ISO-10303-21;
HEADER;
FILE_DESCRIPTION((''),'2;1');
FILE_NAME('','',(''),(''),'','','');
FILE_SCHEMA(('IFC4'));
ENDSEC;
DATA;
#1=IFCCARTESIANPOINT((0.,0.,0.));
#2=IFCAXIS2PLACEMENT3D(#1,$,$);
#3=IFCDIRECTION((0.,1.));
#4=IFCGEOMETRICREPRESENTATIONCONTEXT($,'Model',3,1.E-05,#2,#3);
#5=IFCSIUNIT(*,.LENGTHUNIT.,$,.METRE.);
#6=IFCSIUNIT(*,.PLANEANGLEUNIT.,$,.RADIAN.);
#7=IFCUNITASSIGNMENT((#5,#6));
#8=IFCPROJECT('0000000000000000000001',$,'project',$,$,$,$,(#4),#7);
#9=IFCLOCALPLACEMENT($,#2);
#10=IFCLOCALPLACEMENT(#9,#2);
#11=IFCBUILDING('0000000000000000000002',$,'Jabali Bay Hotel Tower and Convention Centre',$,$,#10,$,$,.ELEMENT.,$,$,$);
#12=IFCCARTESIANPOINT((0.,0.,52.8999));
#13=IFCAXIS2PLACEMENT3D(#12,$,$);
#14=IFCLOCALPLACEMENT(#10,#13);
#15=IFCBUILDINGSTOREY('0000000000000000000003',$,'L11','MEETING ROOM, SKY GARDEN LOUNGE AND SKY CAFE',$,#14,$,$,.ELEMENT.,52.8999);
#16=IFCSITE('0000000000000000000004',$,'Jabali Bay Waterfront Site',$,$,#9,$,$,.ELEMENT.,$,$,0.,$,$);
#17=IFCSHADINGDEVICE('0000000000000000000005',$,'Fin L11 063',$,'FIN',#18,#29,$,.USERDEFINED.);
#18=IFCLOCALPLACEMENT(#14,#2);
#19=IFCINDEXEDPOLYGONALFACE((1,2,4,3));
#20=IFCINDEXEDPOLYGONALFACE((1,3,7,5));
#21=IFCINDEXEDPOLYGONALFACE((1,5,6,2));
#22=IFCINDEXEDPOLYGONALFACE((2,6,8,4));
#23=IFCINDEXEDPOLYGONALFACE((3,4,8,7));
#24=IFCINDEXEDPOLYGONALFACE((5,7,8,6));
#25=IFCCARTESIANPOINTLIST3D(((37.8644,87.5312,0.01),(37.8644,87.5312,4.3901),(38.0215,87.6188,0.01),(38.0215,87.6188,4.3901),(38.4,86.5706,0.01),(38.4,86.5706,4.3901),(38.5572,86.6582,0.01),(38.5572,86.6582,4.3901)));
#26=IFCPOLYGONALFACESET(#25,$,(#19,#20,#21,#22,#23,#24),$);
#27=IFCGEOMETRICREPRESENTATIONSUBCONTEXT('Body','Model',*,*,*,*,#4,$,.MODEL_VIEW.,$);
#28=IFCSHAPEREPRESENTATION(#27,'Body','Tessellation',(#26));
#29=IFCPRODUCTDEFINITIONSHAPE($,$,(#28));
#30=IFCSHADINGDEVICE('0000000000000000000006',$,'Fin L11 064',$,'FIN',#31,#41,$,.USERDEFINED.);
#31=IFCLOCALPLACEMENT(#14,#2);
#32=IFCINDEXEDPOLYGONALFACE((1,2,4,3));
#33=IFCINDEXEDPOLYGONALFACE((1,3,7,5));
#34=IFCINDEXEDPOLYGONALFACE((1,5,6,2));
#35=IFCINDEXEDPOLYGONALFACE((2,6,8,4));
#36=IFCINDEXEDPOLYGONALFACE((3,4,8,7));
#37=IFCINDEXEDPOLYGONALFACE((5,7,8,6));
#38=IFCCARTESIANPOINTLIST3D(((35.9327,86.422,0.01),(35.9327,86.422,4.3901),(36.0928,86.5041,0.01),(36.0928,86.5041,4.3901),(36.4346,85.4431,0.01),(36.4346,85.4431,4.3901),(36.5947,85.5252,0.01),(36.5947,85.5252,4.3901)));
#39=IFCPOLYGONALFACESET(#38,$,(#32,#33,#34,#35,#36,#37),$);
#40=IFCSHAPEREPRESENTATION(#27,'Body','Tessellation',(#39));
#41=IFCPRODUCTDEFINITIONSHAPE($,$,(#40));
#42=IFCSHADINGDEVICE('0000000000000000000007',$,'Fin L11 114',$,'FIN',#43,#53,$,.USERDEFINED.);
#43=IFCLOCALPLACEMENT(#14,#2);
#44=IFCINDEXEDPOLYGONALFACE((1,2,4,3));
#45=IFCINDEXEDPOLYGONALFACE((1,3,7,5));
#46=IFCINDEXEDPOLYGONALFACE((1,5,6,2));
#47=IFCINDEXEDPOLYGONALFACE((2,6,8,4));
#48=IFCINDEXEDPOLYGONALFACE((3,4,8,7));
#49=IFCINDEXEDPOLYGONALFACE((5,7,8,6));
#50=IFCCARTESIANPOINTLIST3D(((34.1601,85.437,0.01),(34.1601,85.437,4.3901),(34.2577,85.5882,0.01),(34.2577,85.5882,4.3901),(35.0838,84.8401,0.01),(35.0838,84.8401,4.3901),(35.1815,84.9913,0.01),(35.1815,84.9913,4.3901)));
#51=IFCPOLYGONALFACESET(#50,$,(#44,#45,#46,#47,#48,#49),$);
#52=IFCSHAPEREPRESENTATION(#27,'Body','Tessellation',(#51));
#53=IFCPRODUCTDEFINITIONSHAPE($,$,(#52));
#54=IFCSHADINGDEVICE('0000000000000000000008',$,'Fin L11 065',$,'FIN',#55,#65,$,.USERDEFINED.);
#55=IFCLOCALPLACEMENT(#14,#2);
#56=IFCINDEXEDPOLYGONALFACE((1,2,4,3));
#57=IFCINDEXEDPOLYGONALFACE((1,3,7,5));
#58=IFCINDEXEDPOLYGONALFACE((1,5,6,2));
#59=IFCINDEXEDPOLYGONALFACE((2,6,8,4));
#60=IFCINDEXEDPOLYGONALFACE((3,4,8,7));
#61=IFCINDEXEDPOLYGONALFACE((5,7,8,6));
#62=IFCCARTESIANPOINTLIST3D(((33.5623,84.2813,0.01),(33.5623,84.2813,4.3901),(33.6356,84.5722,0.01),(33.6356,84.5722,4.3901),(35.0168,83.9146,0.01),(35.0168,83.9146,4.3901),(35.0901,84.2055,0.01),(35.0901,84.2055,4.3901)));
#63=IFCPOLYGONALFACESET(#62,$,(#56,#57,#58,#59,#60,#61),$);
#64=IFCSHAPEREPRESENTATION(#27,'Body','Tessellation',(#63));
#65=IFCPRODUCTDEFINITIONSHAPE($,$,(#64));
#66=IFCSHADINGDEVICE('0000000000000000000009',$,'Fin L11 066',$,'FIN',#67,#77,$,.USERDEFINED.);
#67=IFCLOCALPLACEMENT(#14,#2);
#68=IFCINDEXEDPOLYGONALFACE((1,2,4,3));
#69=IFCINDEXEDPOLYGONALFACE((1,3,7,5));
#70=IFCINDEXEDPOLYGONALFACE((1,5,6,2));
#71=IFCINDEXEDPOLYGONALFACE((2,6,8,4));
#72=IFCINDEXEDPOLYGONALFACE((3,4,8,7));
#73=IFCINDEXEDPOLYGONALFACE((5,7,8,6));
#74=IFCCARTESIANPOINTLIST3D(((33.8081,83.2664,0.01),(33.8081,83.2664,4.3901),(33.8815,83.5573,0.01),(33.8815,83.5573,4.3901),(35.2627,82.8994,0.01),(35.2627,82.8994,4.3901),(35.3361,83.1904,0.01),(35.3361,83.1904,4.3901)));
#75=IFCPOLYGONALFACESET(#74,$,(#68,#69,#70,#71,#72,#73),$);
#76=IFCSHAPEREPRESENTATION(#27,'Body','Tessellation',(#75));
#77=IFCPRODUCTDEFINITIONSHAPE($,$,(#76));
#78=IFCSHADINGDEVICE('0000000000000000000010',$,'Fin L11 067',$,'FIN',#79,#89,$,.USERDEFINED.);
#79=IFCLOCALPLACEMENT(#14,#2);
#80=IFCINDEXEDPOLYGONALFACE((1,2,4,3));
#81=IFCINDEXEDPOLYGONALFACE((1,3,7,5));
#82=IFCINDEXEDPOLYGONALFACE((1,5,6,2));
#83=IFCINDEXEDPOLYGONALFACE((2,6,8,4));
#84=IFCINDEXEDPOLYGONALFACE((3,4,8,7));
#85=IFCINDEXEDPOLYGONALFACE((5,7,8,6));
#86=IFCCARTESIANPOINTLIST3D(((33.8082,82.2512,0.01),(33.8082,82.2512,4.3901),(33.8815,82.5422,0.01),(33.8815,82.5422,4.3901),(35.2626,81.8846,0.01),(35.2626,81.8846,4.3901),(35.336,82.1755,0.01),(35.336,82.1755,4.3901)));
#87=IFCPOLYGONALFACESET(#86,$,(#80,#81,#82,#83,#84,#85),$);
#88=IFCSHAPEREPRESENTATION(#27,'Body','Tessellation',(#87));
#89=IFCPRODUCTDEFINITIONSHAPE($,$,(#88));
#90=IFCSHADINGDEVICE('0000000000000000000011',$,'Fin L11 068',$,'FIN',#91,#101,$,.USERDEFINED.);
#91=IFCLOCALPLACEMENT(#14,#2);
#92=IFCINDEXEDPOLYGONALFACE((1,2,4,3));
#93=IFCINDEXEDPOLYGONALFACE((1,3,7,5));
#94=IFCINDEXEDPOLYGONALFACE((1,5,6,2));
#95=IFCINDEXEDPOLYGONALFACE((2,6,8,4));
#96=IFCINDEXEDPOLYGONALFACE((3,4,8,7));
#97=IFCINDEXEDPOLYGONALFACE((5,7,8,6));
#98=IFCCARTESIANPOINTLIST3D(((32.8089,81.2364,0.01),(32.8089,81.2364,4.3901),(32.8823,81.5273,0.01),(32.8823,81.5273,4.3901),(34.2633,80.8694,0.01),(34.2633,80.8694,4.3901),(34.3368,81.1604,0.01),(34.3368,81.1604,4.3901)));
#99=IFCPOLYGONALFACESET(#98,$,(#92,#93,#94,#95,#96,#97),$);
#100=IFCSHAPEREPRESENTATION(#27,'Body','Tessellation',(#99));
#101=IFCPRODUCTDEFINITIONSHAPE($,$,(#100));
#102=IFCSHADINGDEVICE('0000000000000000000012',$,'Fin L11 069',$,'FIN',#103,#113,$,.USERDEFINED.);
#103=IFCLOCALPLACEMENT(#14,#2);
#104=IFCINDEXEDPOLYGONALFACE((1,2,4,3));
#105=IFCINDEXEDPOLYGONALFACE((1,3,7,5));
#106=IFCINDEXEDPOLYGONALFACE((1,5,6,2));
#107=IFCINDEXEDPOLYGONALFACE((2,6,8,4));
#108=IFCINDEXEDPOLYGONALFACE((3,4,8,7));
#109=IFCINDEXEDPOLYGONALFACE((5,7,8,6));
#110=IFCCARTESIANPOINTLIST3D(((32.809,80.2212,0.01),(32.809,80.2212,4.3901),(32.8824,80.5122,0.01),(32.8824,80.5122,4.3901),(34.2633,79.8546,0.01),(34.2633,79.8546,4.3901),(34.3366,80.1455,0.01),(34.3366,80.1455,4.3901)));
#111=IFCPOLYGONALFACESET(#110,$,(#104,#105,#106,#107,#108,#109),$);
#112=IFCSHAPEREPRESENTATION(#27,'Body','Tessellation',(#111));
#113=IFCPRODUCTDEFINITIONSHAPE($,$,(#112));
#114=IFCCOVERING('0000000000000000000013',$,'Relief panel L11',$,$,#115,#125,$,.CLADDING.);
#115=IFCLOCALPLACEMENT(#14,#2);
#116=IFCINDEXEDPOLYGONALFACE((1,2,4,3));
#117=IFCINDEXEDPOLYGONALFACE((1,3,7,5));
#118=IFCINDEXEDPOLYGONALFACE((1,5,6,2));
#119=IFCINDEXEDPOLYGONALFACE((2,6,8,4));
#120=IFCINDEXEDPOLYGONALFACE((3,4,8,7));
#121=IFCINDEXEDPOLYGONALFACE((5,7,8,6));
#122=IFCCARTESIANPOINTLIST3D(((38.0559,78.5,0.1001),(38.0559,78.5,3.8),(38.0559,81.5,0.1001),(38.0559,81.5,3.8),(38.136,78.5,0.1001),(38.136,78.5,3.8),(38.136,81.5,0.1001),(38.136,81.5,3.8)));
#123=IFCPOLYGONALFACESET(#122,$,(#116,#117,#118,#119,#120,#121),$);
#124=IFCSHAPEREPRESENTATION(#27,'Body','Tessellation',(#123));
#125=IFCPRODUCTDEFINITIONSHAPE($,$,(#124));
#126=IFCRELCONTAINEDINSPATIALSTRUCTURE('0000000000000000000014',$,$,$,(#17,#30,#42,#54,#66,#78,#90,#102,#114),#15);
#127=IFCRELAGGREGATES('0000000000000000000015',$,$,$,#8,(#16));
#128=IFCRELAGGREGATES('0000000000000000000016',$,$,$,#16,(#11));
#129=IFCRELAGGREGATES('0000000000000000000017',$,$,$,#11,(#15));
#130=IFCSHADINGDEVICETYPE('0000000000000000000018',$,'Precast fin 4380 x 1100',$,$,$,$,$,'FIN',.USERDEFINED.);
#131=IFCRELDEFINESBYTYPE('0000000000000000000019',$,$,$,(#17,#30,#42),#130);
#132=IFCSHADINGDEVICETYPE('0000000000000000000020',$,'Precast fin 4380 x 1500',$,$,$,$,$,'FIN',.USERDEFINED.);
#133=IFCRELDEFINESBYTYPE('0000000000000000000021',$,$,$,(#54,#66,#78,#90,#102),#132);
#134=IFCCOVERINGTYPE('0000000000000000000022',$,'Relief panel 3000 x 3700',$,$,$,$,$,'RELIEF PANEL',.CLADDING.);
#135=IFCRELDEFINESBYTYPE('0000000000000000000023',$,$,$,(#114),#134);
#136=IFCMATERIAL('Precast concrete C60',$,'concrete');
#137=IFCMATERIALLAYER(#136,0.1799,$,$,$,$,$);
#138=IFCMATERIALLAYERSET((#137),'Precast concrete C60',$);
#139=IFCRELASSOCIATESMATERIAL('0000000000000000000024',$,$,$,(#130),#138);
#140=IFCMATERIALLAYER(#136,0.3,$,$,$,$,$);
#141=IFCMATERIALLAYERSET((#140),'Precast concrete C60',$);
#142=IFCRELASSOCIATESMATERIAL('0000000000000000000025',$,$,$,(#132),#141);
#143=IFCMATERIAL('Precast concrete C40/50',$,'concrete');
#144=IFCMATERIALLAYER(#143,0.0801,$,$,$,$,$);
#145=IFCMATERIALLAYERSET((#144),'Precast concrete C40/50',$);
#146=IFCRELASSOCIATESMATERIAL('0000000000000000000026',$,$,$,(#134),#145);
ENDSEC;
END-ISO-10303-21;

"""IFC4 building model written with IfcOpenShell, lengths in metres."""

from ifc_helpers import new_model, si_unit, direction, frame, frame_2d, origin, origin_2d, place, context, subcontext, project, spatial, rectangle, extrude, material, layer, layer_set, type_object, element, save


model = new_model("IFC4")

# Units and contexts
model_context = context("Model", 3, precision=1e-05, world=origin(), true_north=direction((0.0, 1.0)))
body_context = subcontext(model_context, "Body", "Model", "MODEL_VIEW")
ifc_project = project(units=[si_unit("LENGTHUNIT", "METRE"), si_unit("PLANEANGLEUNIT", "RADIAN")], contexts=[model_context])

# Site, building, storey
site_placement = place(None, origin())
site = spatial("IfcSite", under=ifc_project, at=site_placement, Name="Jabali Bay Waterfront Site", CompositionType="ELEMENT", RefElevation=0.0)
building_placement = place(site_placement, origin())
building = spatial("IfcBuilding", under=site, at=building_placement, Name="Jabali Bay Hotel Tower and Convention Centre", CompositionType="ELEMENT")
storey_placement = place(building_placement, frame((0.0, 0.0, 52.8999)))
storey = spatial("IfcBuildingStorey", under=building, at=storey_placement, Name="L11", Description="MEETING ROOM, SKY GARDEN LOUNGE AND SKY CAFE", CompositionType="ELEMENT", Elevation=52.8999)

# Shading devices
ifc_material_1 = material(Name="Precast concrete C60", Category="concrete")
ifc_layer_1 = layer(ifc_material_1, 0.1799)
ifc_layer_set_1 = layer_set([ifc_layer_1], Name="Precast concrete C60")
shading_device_type_1 = type_object("IfcShadingDeviceType", Name="Precast fin 4380 x 1100", ElementType="FIN", PredefinedType="USERDEFINED", material=ifc_layer_set_1)
shading_device_1_placement = place(storey_placement, frame((38.4785, 86.6145, 0.01), z_axis=(0.0, 0.0, 1.0), x_axis=(-0.48698, 0.873413, 0.0)))
element("IfcShadingDevice", 1, at=shading_device_1_placement, inside=storey, type_object=shading_device_type_1, Name="Fin L11 063", ObjectType="FIN", PredefinedType="USERDEFINED", context=body_context, shape_type="SweptSolid", body=[
    extrude(rectangle(XDim=1.0999, YDim=0.1799, at=frame_2d((0.5498, 0.0))), origin(), (0.0, 0.0, 1.0), 4.3801),
])
shading_device_2_placement = place(storey_placement, frame((36.5146, 85.4841, 0.01), z_axis=(0.0, 0.0, 1.0), x_axis=(-0.456245, 0.889854, 0.0)))
element("IfcShadingDevice", 2, at=shading_device_2_placement, inside=storey, type_object=shading_device_type_1, Name="Fin L11 064", ObjectType="FIN", PredefinedType="USERDEFINED", context=body_context, shape_type="SweptSolid", body=[
    extrude(rectangle(XDim=1.1001, YDim=0.1799, at=frame_2d((0.55, 0.0))), origin(), (0.0, 0.0, 1.0), 4.3801),
])
shading_device_3_placement = place(storey_placement, frame((35.1326, 84.9158, 0.01), z_axis=(0.0, 0.0, 1.0), x_axis=(-0.839921, 0.542708, 0.0)))
element("IfcShadingDevice", 3, at=shading_device_3_placement, inside=storey, type_object=shading_device_type_1, Name="Fin L11 114", ObjectType="FIN", PredefinedType="USERDEFINED", context=body_context, shape_type="SweptSolid", body=[
    extrude(rectangle(XDim=1.0999, YDim=0.1799, at=frame_2d((0.5498, 0.0))), origin(), (0.0, 0.0, 1.0), 4.3801),
])
ifc_layer_2 = layer(ifc_material_1, 0.3)
ifc_layer_set_2 = layer_set([ifc_layer_2], Name="Precast concrete C60")
shading_device_type_2 = type_object("IfcShadingDeviceType", Name="Precast fin 4380 x 1500", ElementType="FIN", PredefinedType="USERDEFINED", material=ifc_layer_set_2)
shading_device_4_placement = place(storey_placement, frame((35.0535, 84.0601, 0.01), z_axis=(0.0, 0.0, 1.0), x_axis=(-0.969662, 0.24445, 0.0)))
element("IfcShadingDevice", 4, at=shading_device_4_placement, inside=storey, type_object=shading_device_type_2, Name="Fin L11 065", ObjectType="FIN", PredefinedType="USERDEFINED", context=body_context, shape_type="SweptSolid", body=[
    extrude(rectangle(XDim=1.5, YDim=0.3, at=frame_2d((0.75, 0.0))), origin(), (0.0, 0.0, 1.0), 4.3801),
])
shading_device_5_placement = place(storey_placement, frame((35.2993, 83.0449, 0.01), z_axis=(0.0, 0.0, 1.0), x_axis=(-0.969623, 0.244603, 0.0)))
element("IfcShadingDevice", 5, at=shading_device_5_placement, inside=storey, type_object=shading_device_type_2, Name="Fin L11 066", ObjectType="FIN", PredefinedType="USERDEFINED", context=body_context, shape_type="SweptSolid", body=[
    extrude(rectangle(XDim=1.5002, YDim=0.3, at=frame_2d((0.75, 0.0))), origin(), (0.0, 0.0, 1.0), 4.3801),
])
for number, where, z_axis, x_axis, name in (
    (6, (35.2993, 82.03, 0.01), (0.0, 0.0, 1.0), (-0.969662, 0.24445, 0.0), "Fin L11 067"),
    (7, (34.3, 81.0149, 0.01), (0.0, 0.0, 1.0), (-0.969614, 0.244641, 0.0), "Fin L11 068"),
):
    element("IfcShadingDevice", number, at=place(storey_placement, frame(where, z_axis=z_axis, x_axis=x_axis)), inside=storey, type_object=shading_device_type_2, Name=name, ObjectType="FIN", PredefinedType="USERDEFINED", context=body_context, shape_type="SweptSolid", body=[
        extrude(rectangle(XDim=1.5, YDim=0.3, at=frame_2d((0.75, 0.0))), origin(), (0.0, 0.0, 1.0), 4.3801),
    ])
shading_device_6_placement = place(storey_placement, frame((34.3, 80.0, 0.01), z_axis=(0.0, 0.0, 1.0), x_axis=(-0.969652, 0.244488, 0.0)))
element("IfcShadingDevice", 8, at=shading_device_6_placement, inside=storey, type_object=shading_device_type_2, Name="Fin L11 069", ObjectType="FIN", PredefinedType="USERDEFINED", context=body_context, shape_type="SweptSolid", body=[
    extrude(rectangle(XDim=1.4998, YDim=0.3, at=frame_2d((0.75, 0.0))), origin(), (0.0, 0.0, 1.0), 4.3801),
])

# Covering
ifc_material_2 = material(Name="Precast concrete C40/50", Category="concrete")
ifc_layer_3 = layer(ifc_material_2, 0.0801)
ifc_layer_set_3 = layer_set([ifc_layer_3], Name="Precast concrete C40/50")
covering_type = type_object("IfcCoveringType", Name="Relief panel 3000 x 3700", ElementType="RELIEF PANEL", PredefinedType="CLADDING", material=ifc_layer_set_3)
covering_placement = place(storey_placement, frame((38.0959, 80.0, 0.1001), z_axis=(0.0, 0.0, 1.0), x_axis=(0.0, 1.0, 0.0)))
element("IfcCovering", 9, at=covering_placement, inside=storey, type_object=covering_type, Name="Relief panel L11", PredefinedType="CLADDING", context=body_context, shape_type="SweptSolid", body=[
    extrude(rectangle(XDim=3.0, YDim=0.0801, at=origin_2d()), origin(), (0.0, 0.0, 1.0), 3.7),
])

save(model, "model.ifc")
